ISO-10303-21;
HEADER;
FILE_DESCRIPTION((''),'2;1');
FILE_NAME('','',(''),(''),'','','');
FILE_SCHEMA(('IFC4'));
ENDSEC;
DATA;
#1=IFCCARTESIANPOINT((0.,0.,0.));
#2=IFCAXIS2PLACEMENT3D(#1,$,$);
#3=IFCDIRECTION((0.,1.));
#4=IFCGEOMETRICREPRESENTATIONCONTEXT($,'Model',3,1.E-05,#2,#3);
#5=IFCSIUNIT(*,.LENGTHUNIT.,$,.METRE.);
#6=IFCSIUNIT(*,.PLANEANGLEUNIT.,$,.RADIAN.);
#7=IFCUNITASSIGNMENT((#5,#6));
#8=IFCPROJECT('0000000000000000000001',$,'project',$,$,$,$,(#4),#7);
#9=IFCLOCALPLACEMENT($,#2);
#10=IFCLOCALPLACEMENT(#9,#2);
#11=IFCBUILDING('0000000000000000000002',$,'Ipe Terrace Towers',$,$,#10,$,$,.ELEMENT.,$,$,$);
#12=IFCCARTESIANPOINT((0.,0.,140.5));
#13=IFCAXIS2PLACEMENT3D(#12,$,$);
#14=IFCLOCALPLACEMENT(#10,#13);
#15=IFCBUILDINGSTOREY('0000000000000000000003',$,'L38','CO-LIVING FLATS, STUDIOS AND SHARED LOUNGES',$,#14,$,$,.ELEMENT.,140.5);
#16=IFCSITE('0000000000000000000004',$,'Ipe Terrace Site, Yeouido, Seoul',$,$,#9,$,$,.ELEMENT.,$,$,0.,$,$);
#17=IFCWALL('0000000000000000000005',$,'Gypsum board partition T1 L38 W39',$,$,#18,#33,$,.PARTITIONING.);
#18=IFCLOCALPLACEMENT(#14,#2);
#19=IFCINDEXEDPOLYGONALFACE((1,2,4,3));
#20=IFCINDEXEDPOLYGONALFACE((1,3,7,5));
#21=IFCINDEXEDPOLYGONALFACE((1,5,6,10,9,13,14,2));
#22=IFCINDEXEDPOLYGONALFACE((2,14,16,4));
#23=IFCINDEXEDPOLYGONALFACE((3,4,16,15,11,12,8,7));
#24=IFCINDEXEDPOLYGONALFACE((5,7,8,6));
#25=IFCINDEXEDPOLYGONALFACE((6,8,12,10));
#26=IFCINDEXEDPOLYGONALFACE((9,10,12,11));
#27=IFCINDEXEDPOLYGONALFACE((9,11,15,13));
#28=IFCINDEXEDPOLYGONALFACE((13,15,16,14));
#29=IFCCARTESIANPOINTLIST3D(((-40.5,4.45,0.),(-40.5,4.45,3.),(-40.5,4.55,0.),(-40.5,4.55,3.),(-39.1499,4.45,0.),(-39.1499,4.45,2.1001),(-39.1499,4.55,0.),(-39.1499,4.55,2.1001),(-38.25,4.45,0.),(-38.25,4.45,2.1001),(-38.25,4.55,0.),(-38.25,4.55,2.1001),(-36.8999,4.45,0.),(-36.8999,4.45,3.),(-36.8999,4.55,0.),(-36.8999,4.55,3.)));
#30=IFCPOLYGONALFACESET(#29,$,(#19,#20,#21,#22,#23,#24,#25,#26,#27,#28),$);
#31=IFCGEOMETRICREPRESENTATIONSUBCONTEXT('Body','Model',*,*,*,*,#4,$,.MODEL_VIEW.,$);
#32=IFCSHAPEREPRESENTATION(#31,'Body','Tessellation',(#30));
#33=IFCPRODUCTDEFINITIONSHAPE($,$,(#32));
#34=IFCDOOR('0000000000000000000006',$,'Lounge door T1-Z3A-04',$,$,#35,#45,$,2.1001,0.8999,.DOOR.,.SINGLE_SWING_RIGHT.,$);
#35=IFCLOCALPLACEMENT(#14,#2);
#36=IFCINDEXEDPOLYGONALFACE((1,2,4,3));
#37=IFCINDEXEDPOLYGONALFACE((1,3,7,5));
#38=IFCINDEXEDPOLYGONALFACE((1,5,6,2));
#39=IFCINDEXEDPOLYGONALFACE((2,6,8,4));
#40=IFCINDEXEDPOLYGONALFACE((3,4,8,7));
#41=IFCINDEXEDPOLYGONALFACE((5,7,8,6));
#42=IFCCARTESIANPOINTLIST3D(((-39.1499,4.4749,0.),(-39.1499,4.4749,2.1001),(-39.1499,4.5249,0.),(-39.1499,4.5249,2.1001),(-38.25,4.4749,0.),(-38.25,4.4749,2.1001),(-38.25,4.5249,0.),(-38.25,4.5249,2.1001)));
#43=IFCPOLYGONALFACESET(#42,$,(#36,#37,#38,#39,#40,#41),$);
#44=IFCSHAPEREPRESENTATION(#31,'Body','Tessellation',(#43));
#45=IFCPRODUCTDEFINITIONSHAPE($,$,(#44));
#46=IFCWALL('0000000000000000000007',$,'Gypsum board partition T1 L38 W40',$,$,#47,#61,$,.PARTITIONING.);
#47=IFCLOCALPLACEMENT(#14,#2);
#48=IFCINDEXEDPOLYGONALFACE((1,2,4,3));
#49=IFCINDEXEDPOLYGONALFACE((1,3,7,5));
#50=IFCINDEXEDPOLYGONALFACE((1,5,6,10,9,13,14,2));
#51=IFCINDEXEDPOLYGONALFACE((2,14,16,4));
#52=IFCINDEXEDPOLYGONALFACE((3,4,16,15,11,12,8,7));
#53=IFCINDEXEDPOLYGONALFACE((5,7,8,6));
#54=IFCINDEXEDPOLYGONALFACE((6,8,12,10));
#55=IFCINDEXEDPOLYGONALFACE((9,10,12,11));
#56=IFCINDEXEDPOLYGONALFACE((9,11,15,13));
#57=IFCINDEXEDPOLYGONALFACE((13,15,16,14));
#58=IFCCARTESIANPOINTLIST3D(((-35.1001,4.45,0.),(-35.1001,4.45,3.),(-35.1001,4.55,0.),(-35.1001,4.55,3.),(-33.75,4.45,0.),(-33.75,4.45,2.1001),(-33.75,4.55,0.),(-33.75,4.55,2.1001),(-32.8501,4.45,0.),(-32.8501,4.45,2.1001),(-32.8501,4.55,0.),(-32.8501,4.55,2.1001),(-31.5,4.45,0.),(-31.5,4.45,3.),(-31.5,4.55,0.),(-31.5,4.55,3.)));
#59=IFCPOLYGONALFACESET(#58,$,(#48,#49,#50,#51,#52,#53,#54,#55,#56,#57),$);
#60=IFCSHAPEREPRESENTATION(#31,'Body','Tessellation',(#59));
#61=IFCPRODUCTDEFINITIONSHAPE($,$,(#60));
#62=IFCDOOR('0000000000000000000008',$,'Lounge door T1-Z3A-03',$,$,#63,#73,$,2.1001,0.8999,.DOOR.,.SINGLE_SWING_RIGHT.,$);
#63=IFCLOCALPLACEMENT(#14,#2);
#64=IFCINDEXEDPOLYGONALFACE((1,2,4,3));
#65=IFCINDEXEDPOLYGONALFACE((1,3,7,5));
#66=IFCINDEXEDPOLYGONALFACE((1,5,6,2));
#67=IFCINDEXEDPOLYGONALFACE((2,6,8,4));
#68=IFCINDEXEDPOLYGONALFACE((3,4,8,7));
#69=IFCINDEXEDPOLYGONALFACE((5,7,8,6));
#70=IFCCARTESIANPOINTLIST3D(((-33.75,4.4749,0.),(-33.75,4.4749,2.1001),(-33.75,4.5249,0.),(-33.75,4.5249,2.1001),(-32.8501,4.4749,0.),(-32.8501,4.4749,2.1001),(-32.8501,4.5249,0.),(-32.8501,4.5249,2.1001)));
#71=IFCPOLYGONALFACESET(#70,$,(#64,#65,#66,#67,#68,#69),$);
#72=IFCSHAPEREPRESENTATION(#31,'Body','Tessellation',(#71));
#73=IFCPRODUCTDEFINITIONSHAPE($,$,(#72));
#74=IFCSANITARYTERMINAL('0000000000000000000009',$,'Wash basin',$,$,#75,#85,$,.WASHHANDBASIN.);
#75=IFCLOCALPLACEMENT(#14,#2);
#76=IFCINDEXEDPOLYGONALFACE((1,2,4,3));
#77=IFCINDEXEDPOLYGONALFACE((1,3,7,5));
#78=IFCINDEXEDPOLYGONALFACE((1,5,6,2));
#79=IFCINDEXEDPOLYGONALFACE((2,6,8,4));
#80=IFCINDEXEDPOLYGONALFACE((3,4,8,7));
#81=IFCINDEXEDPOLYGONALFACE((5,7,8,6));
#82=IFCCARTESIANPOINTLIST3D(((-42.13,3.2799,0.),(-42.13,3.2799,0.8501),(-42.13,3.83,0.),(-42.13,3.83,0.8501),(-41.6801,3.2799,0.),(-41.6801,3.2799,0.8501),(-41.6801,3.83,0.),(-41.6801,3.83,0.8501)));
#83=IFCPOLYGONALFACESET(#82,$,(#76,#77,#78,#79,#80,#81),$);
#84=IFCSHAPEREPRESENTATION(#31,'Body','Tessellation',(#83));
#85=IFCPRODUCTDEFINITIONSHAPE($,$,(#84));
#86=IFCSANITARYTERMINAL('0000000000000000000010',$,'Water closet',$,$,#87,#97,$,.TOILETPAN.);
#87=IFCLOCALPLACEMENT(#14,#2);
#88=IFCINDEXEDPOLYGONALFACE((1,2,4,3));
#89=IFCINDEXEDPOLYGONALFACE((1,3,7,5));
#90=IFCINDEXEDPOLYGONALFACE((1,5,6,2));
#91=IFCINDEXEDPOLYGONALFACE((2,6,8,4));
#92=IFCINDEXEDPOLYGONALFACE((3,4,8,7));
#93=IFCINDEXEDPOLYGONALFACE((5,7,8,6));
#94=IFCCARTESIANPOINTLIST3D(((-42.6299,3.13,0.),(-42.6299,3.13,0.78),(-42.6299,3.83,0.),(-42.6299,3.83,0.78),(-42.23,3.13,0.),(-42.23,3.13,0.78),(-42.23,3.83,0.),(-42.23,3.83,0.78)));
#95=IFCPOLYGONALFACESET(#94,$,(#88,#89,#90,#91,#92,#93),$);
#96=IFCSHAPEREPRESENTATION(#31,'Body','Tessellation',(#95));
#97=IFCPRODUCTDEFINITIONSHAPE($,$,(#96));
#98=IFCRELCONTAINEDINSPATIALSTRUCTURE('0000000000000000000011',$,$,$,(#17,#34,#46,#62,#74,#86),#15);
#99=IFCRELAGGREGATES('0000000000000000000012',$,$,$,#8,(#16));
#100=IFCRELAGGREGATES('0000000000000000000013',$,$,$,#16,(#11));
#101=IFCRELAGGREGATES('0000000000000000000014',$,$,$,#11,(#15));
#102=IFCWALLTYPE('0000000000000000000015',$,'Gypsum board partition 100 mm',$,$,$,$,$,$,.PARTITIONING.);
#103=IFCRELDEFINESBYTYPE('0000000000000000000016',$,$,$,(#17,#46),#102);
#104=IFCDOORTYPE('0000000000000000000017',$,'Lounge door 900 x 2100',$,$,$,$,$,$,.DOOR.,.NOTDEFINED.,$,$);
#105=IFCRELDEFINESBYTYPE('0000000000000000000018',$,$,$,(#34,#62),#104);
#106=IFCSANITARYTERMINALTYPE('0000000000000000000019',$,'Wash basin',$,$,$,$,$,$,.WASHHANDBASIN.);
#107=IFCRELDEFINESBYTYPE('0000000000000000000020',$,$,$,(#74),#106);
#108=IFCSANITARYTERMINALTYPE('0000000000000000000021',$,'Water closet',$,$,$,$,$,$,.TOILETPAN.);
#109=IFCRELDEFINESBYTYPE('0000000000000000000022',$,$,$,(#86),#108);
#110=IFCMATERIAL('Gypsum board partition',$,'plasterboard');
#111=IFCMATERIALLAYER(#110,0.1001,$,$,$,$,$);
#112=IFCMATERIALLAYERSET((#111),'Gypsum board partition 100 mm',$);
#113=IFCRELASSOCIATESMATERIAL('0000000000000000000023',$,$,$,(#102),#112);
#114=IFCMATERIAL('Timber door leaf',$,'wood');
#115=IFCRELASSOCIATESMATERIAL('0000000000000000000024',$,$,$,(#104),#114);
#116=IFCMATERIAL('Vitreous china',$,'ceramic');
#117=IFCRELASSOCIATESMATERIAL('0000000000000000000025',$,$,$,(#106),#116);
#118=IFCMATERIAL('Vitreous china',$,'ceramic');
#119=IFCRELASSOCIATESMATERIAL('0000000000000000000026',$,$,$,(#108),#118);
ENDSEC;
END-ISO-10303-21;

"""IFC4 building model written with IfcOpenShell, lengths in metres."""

from ifc_helpers import new_model, si_unit, direction, frame, frame_2d, origin, origin_2d, place, context, subcontext, project, spatial, rectangle, extrude, material, layer, layer_set, type_object, element, fill, save


model = new_model("IFC4")

# Units and contexts
model_context = context("Model", 3, precision=1e-05, world=origin(), true_north=direction((0.0, 1.0)))
body_context = subcontext(model_context, "Body", "Model", "MODEL_VIEW")
ifc_project = project(units=[si_unit("LENGTHUNIT", "METRE"), si_unit("PLANEANGLEUNIT", "RADIAN")], contexts=[model_context])

# Site, building, storey
site_placement = place(None, origin())
site = spatial("IfcSite", under=ifc_project, at=site_placement, Name="Ipe Terrace Site, Yeouido, Seoul", CompositionType="ELEMENT", RefElevation=0.0)
building_placement = place(site_placement, origin())
building = spatial("IfcBuilding", under=site, at=building_placement, Name="Ipe Terrace Towers", CompositionType="ELEMENT")
storey_placement = place(building_placement, frame((0.0, 0.0, 140.5)))
storey = spatial("IfcBuildingStorey", under=building, at=storey_placement, Name="L38", Description="CO-LIVING FLATS, STUDIOS AND SHARED LOUNGES", CompositionType="ELEMENT", Elevation=140.5)

# Shared definitions
ifc_material_1 = material(Name="Gypsum board partition", Category="plasterboard")
ifc_layer = layer(ifc_material_1, 0.1001)
ifc_layer_set = layer_set([ifc_layer], Name="Gypsum board partition 100 mm")
wall_type = type_object("IfcWallType", Name="Gypsum board partition 100 mm", PredefinedType="PARTITIONING", material=ifc_layer_set)

# Shared definitions
ifc_material_2 = material(Name="Timber door leaf", Category="wood")
door_type = type_object("IfcDoorType", Name="Lounge door 900 x 2100", OperationType="NOTDEFINED", PredefinedType="DOOR", material=ifc_material_2)

# Walls, openings, doors
wall_1_placement = place(storey_placement, frame((-40.5, 4.5, 0.0), z_axis=(0.0, 0.0, 1.0), x_axis=(1.0, 0.0, 0.0)))
wall_1 = element("IfcWall", 1, at=wall_1_placement, inside=storey, type_object=wall_type, Name="Gypsum board partition T1 L38 W39", PredefinedType="PARTITIONING", context=body_context, shape_type="SweptSolid", body=[
    extrude(rectangle(XDim=3.6001, YDim=0.1001, at=frame_2d((1.8, 0.0))), origin(), (0.0, 0.0, 1.0), 3.0),
])
opening_1_placement = place(wall_1_placement, frame((1.3501, 0.0, 0.0)))
opening_1 = element("IfcOpeningElement", 2, at=opening_1_placement, cuts=wall_1, PredefinedType="OPENING", context=body_context, shape_type="SweptSolid", body=[
    extrude(rectangle(XDim=0.8999, YDim=2.1001, at=frame_2d((0.45, 1.05))), frame((0.0, 0.0601, 0.0), z_axis=(0.0, -1.0, 0.0), x_axis=(1.0, 0.0, 0.0)), (0.0, 0.0, 1.0), 0.1201),
])
door_1_placement = place(opening_1_placement, origin())
door_1 = element("IfcDoor", 3, at=door_1_placement, inside=storey, type_object=door_type, Name="Lounge door T1-Z3A-04", OperationType="SINGLE_SWING_RIGHT", OverallHeight=2.1001, OverallWidth=0.8999, PredefinedType="DOOR", context=body_context, shape_type="SweptSolid", body=[
    extrude(rectangle(XDim=0.8999, YDim=2.1001, at=frame_2d((0.45, 1.05))), frame((0.0, 0.0249, 0.0), z_axis=(0.0, -1.0, 0.0), x_axis=(1.0, 0.0, 0.0)), (0.0, 0.0, 1.0), 0.05),
])
fill(opening_1, door_1)
wall_2_placement = place(storey_placement, frame((-35.1001, 4.5, 0.0), z_axis=(0.0, 0.0, 1.0), x_axis=(1.0, 0.0, 0.0)))
wall_2 = element("IfcWall", 4, at=wall_2_placement, inside=storey, type_object=wall_type, Name="Gypsum board partition T1 L38 W40", PredefinedType="PARTITIONING", context=body_context, shape_type="SweptSolid", body=[
    extrude(rectangle(XDim=3.6001, YDim=0.1001, at=frame_2d((1.8, 0.0))), origin(), (0.0, 0.0, 1.0), 3.0),
])
opening_2_placement = place(wall_2_placement, frame((1.3501, 0.0, 0.0)))
opening_2 = element("IfcOpeningElement", 5, at=opening_2_placement, cuts=wall_2, PredefinedType="OPENING", context=body_context, shape_type="SweptSolid", body=[
    extrude(rectangle(XDim=0.8999, YDim=2.1001, at=frame_2d((0.45, 1.05))), frame((0.0, 0.0601, 0.0), z_axis=(0.0, -1.0, 0.0), x_axis=(1.0, 0.0, 0.0)), (0.0, 0.0, 1.0), 0.1201),
])
door_2_placement = place(opening_2_placement, origin())
door_2 = element("IfcDoor", 6, at=door_2_placement, inside=storey, type_object=door_type, Name="Lounge door T1-Z3A-03", OperationType="SINGLE_SWING_RIGHT", OverallHeight=2.1001, OverallWidth=0.8999, PredefinedType="DOOR", context=body_context, shape_type="SweptSolid", body=[
    extrude(rectangle(XDim=0.8999, YDim=2.1001, at=frame_2d((0.45, 1.05))), frame((0.0, 0.0249, 0.0), z_axis=(0.0, -1.0, 0.0), x_axis=(1.0, 0.0, 0.0)), (0.0, 0.0, 1.0), 0.05),
])
fill(opening_2, door_2)

# Sanitary terminals
ifc_material_3 = material(Name="Vitreous china", Category="ceramic")
sanitary_terminal_type_1 = type_object("IfcSanitaryTerminalType", Name="Wash basin", PredefinedType="WASHHANDBASIN", material=ifc_material_3)
sanitary_terminal_1_placement = place(storey_placement, frame((-41.905, 3.5549, 0.0), z_axis=(0.0, 0.0, 1.0), x_axis=(0.0, -1.0, 0.0)))
element("IfcSanitaryTerminal", 7, at=sanitary_terminal_1_placement, inside=storey, type_object=sanitary_terminal_type_1, Name="Wash basin", PredefinedType="WASHHANDBASIN", context=body_context, shape_type="SweptSolid", body=[
    extrude(rectangle(XDim=0.55, YDim=0.45, at=origin_2d()), origin(), (0.0, 0.0, 1.0), 0.8501),
])
ifc_material_4 = material(Name="Vitreous china", Category="ceramic")
sanitary_terminal_type_2 = type_object("IfcSanitaryTerminalType", Name="Water closet", PredefinedType="TOILETPAN", material=ifc_material_4)
sanitary_terminal_2_placement = place(storey_placement, frame((-42.4299, 3.48, 0.0), z_axis=(0.0, 0.0, 1.0), x_axis=(0.0, -1.0, 0.0)))
element("IfcSanitaryTerminal", 8, at=sanitary_terminal_2_placement, inside=storey, type_object=sanitary_terminal_type_2, Name="Water closet", PredefinedType="TOILETPAN", context=body_context, shape_type="SweptSolid", body=[
    extrude(rectangle(XDim=0.7, YDim=0.3999, at=origin_2d()), origin(), (0.0, 0.0, 1.0), 0.78),
])

save(model, "model.ifc")
